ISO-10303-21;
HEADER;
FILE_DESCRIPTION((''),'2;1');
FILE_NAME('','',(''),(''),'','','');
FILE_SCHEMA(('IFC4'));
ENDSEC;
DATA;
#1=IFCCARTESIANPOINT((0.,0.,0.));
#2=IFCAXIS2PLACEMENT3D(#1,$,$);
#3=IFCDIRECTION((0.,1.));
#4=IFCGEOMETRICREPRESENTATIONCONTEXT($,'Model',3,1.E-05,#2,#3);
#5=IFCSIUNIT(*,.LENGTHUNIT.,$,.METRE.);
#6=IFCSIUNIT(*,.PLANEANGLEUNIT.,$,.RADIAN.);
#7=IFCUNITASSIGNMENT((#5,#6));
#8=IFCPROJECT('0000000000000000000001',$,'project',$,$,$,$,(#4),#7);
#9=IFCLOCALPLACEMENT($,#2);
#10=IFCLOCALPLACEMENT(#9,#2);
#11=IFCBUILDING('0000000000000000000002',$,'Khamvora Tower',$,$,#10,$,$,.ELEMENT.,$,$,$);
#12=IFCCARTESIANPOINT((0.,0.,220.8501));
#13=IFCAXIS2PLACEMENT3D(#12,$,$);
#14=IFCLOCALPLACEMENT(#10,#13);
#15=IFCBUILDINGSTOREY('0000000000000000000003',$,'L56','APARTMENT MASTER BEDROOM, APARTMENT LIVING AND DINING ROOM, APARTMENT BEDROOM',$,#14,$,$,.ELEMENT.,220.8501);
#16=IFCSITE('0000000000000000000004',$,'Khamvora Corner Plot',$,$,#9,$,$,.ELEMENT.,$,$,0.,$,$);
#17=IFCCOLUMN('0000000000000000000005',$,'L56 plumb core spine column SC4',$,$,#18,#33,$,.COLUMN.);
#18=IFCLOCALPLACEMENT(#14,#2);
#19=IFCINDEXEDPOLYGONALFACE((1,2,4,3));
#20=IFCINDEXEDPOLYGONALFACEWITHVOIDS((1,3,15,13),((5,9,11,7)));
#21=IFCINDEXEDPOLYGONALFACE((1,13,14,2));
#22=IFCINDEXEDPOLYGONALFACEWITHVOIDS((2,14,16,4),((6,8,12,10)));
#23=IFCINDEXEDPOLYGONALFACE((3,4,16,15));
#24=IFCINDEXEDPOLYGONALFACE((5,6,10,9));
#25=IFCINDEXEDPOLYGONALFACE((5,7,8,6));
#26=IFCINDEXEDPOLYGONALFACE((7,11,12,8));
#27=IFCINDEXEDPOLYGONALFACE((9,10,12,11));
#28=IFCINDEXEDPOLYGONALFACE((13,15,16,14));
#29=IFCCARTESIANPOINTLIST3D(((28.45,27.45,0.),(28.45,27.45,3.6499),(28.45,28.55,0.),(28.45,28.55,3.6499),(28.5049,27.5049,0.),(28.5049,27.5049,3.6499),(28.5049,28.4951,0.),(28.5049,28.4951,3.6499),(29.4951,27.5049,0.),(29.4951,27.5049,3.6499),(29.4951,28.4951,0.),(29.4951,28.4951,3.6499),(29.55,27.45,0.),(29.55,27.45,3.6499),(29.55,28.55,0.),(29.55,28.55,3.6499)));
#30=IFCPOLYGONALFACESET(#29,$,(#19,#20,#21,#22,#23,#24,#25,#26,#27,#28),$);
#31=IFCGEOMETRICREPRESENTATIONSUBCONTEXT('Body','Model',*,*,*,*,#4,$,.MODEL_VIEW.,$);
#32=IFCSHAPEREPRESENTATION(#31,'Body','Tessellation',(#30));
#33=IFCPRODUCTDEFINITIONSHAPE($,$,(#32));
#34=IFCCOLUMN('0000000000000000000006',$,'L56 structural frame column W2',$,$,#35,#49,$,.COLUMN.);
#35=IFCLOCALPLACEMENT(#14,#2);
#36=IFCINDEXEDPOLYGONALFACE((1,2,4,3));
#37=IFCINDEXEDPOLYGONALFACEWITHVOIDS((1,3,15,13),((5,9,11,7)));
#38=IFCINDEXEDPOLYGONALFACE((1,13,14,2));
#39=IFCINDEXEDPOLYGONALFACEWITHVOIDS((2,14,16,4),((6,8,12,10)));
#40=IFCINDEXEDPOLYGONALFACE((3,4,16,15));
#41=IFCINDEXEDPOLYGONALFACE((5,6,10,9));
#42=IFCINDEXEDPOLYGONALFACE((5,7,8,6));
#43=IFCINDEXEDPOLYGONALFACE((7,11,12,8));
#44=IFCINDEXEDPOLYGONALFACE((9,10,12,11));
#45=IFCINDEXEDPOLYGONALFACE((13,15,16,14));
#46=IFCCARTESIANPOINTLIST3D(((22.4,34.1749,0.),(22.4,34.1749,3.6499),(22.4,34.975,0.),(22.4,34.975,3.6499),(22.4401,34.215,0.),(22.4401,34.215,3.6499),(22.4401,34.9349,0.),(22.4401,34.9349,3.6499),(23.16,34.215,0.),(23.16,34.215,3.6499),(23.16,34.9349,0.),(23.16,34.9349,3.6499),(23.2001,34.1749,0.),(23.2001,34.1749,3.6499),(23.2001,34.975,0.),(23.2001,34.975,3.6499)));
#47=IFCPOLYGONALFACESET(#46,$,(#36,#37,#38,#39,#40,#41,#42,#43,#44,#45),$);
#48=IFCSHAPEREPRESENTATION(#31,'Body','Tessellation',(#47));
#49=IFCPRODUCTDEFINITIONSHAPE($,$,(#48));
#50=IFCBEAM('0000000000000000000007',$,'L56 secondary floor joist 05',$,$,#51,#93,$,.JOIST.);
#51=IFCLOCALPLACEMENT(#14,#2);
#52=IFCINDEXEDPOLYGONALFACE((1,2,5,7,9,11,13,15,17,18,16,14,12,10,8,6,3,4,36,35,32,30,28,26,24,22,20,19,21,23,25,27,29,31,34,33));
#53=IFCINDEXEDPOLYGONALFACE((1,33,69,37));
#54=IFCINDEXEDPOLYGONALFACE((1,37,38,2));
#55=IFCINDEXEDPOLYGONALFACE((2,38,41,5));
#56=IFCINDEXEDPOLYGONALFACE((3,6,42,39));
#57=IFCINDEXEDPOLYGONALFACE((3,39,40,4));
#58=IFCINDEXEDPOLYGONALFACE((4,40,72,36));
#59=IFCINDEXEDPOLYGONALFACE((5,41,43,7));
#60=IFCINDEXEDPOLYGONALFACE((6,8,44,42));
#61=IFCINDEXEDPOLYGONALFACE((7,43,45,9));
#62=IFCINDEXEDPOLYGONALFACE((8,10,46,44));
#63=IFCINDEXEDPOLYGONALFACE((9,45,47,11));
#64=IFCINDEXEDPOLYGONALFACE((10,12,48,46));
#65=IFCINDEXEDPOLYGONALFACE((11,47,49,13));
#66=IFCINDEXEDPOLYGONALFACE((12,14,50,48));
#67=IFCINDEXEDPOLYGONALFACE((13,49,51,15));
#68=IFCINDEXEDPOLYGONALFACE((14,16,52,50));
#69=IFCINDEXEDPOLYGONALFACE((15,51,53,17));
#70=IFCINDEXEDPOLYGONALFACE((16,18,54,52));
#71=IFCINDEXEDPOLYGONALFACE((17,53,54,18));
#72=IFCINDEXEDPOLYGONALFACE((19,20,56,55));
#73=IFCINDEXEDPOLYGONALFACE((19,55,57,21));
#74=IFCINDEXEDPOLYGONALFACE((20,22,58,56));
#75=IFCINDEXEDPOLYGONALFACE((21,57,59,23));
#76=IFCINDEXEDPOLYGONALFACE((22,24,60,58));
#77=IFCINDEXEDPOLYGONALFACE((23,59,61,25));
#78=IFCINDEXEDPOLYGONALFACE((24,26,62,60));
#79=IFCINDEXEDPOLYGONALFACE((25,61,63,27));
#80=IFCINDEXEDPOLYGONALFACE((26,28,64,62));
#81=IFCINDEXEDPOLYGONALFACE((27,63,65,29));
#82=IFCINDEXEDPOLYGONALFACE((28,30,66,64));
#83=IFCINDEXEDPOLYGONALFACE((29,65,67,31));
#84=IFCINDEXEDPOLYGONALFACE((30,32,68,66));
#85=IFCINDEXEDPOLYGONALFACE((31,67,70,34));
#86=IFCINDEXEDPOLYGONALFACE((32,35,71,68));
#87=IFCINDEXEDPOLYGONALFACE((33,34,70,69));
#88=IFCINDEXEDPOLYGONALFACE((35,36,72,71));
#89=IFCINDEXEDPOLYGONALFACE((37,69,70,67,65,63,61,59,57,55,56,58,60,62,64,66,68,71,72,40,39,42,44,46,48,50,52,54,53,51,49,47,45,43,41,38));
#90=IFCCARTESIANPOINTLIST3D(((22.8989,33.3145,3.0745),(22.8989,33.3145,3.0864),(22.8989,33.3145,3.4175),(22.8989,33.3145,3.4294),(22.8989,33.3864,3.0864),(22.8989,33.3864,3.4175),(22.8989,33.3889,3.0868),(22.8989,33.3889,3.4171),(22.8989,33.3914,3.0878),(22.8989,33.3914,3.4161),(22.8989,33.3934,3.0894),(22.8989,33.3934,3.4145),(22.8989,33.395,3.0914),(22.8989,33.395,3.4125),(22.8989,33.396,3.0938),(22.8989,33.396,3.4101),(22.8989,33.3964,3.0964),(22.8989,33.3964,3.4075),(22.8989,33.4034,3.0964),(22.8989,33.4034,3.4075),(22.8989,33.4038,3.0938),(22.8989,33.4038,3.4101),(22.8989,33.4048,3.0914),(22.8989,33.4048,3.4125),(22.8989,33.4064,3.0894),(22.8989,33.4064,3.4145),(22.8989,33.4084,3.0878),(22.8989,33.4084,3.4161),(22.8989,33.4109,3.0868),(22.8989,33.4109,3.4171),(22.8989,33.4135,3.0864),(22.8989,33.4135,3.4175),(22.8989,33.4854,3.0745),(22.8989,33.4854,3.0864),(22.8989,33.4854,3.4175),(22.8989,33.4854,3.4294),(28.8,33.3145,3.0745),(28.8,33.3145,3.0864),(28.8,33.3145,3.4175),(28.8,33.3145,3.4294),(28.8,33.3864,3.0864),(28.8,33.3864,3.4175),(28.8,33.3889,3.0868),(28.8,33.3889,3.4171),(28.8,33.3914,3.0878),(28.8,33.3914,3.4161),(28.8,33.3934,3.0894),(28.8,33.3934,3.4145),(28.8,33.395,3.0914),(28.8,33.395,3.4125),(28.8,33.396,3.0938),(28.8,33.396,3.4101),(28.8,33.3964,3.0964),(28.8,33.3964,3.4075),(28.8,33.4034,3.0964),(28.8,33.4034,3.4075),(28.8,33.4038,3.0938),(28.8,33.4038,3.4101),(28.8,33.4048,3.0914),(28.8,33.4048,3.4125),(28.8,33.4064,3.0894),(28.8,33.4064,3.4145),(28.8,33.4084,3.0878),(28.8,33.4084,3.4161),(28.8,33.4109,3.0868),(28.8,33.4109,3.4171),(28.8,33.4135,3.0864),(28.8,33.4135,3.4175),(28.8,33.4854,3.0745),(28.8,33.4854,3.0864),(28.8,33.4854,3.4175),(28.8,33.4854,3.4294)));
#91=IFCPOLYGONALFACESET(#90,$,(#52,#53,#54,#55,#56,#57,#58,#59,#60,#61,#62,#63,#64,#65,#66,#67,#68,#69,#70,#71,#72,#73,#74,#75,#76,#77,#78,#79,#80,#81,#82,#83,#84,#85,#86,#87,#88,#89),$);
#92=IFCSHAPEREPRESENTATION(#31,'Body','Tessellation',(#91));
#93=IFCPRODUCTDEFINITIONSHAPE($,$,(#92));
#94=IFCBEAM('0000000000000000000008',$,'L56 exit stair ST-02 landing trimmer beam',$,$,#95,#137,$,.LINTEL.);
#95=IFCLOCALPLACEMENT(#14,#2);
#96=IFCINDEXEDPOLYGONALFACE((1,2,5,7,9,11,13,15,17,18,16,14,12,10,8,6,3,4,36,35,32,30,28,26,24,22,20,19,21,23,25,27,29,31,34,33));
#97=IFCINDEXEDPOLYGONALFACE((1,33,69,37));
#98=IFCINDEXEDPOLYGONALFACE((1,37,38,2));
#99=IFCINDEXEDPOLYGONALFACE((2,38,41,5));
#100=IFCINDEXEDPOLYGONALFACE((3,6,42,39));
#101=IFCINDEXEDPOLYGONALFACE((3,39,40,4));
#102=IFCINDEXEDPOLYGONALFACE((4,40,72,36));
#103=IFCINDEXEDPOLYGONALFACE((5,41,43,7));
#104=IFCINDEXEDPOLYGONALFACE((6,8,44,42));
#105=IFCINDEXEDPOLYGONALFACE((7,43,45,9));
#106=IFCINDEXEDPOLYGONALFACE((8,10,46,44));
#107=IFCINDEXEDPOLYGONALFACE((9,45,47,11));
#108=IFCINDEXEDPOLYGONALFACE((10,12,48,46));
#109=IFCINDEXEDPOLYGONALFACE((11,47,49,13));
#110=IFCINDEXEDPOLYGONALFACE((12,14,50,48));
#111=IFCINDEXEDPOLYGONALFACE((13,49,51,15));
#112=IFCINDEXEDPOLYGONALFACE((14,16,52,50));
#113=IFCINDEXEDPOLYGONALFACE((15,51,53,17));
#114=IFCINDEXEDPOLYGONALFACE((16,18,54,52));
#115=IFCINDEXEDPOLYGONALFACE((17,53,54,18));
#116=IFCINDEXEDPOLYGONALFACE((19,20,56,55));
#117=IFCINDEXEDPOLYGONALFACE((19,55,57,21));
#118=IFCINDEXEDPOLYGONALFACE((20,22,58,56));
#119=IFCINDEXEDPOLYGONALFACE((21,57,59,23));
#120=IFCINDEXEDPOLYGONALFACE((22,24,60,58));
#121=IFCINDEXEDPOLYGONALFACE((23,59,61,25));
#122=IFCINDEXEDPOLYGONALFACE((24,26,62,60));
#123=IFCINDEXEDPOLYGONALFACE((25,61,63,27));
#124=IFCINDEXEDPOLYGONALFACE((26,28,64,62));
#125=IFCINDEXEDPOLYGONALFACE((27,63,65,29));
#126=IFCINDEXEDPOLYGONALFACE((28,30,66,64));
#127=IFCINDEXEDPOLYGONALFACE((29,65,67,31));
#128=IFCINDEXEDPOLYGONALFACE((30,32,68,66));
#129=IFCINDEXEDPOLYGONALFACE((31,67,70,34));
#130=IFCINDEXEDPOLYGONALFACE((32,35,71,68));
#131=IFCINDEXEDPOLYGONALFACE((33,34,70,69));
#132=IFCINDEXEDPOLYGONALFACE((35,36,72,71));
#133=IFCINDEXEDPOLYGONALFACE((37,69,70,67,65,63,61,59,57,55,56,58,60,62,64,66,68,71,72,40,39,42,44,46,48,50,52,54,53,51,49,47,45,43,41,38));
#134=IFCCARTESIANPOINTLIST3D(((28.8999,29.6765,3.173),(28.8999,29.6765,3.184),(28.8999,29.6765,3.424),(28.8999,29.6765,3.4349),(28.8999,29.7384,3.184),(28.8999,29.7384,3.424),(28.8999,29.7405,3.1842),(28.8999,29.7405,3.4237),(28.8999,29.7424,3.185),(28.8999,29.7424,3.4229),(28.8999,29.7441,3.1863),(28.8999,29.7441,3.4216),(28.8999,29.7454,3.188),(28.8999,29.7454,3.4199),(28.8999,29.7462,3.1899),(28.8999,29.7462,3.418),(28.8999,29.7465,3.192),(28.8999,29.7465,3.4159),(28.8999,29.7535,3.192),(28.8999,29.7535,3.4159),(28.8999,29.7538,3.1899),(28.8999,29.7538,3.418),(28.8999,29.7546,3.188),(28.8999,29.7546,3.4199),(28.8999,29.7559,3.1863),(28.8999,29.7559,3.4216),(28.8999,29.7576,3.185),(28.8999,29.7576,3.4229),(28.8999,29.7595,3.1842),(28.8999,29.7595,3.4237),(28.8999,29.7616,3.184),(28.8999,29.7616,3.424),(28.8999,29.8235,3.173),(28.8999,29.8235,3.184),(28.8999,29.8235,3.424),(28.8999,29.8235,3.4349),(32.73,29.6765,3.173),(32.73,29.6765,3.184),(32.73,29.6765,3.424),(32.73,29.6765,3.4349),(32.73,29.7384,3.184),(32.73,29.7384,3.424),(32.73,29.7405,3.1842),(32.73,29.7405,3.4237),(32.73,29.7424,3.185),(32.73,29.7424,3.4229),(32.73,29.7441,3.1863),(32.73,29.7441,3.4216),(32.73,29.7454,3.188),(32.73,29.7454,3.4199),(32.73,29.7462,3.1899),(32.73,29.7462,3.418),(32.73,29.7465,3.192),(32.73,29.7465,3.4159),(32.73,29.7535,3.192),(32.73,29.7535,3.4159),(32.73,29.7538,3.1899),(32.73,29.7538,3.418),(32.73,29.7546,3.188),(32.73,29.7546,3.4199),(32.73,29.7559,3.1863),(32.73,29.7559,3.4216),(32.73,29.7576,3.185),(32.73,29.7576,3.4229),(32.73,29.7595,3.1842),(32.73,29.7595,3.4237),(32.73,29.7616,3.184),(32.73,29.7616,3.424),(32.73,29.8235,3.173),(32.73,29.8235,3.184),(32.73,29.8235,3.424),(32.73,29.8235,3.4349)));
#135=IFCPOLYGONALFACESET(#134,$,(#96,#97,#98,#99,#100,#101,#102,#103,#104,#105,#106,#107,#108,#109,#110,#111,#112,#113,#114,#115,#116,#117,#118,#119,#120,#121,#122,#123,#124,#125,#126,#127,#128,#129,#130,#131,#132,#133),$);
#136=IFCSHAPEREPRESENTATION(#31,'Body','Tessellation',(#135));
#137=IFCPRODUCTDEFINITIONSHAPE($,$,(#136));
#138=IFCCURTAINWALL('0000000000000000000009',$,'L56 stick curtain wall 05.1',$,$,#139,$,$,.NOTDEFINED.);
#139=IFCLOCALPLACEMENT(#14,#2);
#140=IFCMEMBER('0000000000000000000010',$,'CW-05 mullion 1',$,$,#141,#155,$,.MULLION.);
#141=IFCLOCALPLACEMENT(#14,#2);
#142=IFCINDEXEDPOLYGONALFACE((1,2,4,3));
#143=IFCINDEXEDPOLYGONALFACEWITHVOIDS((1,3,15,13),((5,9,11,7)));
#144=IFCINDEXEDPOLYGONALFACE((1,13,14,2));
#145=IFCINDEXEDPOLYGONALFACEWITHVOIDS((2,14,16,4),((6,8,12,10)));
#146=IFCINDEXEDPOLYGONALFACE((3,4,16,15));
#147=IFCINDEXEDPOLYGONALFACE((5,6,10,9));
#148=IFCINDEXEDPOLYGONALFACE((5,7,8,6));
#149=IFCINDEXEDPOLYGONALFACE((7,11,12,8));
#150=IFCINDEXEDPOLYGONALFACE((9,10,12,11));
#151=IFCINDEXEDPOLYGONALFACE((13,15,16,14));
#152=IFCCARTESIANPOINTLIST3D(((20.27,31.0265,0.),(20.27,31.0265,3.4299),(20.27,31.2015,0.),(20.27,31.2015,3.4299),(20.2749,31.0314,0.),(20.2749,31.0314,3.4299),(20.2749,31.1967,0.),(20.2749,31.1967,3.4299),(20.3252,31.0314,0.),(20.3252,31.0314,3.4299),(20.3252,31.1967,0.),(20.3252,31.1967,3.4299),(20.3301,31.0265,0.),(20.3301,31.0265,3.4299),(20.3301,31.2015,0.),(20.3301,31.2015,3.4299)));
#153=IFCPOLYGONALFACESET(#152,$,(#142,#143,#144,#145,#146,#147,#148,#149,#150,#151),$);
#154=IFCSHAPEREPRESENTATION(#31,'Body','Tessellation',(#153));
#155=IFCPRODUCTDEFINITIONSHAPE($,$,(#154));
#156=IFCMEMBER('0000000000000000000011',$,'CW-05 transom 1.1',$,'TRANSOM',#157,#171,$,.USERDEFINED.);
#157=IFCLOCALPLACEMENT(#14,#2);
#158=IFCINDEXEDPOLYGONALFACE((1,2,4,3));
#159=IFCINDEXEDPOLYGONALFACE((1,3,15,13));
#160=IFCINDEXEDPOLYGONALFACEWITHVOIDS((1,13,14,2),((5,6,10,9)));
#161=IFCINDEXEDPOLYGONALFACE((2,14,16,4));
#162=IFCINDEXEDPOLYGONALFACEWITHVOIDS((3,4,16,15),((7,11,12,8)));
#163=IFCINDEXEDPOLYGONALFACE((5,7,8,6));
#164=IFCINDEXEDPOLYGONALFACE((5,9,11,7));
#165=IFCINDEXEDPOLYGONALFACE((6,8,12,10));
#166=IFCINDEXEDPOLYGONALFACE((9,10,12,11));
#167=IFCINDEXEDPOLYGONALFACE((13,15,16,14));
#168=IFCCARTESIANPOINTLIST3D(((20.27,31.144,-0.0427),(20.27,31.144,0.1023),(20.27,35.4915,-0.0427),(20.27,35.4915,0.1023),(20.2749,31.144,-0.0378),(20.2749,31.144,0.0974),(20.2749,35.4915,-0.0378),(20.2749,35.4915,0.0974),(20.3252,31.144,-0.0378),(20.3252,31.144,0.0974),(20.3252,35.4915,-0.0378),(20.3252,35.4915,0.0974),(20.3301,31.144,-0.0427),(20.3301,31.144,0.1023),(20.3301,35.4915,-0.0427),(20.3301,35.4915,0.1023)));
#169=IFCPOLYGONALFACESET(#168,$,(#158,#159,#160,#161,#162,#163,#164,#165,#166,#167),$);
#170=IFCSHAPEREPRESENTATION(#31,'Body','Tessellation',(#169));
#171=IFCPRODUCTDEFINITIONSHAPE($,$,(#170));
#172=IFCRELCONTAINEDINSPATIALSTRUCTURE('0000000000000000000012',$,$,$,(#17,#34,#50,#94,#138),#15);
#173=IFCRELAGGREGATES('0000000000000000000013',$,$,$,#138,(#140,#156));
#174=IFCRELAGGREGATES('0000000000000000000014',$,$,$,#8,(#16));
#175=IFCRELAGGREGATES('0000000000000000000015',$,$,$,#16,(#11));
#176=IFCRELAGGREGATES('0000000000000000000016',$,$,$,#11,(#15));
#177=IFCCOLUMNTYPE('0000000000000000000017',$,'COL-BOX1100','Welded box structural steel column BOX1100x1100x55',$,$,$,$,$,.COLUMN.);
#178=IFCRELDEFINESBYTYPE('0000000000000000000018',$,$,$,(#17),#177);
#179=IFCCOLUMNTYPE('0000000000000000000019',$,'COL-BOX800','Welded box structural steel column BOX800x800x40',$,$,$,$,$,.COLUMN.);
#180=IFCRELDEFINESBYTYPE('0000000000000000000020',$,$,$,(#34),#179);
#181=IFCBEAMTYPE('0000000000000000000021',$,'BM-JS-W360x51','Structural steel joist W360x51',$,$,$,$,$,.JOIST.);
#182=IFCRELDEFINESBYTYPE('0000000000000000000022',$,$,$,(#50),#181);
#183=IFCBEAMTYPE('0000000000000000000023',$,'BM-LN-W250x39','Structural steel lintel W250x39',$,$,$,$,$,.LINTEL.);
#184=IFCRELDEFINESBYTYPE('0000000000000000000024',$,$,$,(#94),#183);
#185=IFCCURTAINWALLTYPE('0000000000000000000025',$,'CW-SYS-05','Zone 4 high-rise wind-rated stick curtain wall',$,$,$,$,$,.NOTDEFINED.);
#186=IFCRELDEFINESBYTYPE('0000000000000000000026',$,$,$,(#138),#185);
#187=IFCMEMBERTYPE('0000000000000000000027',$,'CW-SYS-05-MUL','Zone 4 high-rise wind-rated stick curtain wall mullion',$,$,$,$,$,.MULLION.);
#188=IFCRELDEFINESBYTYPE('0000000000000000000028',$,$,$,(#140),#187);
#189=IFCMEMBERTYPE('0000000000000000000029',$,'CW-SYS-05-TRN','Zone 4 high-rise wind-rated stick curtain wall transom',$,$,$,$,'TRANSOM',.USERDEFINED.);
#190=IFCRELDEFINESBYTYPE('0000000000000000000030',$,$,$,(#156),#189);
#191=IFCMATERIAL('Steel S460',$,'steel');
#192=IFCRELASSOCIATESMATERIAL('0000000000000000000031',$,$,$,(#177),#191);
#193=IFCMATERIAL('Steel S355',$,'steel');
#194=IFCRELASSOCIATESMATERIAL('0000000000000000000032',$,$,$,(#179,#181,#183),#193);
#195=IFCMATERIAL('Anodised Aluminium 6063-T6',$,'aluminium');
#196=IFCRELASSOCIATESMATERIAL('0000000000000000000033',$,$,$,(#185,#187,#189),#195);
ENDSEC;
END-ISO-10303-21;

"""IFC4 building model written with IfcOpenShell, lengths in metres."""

from ifc_helpers import new_model, si_unit, direction, frame, origin, origin_2d, place, context, subcontext, project, spatial, hollow_rectangle, i_section, extrude, material, material_profile, profile_set, type_object, element, aggregate, save


model = new_model("IFC4")

# Units and contexts
model_context = context("Model", 3, precision=1e-05, world=origin(), true_north=direction((0.0, 1.0)))
body_context = subcontext(model_context, "Body", "Model", "MODEL_VIEW")
ifc_project = project(units=[si_unit("LENGTHUNIT", "METRE"), si_unit("PLANEANGLEUNIT", "RADIAN")], contexts=[model_context])

# Site, building, storey
site_placement = place(None, origin())
site = spatial("IfcSite", under=ifc_project, at=site_placement, Name="Khamvora Corner Plot", CompositionType="ELEMENT", RefElevation=0.0)
building_placement = place(site_placement, origin())
building = spatial("IfcBuilding", under=site, at=building_placement, Name="Khamvora Tower", CompositionType="ELEMENT")
storey_placement = place(building_placement, frame((0.0, 0.0, 220.8501)))
storey = spatial("IfcBuildingStorey", under=building, at=storey_placement, Name="L56", Description="APARTMENT MASTER BEDROOM, APARTMENT LIVING AND DINING ROOM, APARTMENT BEDROOM", CompositionType="ELEMENT", Elevation=220.8501)

# Columns
ifc_material_1 = material(Name="Steel S460", Category="steel")
ifc_material_profile_1 = material_profile(ifc_material_1, hollow_rectangle(XDim=1.1001, YDim=1.1001, WallThickness=0.0549, at=origin_2d()), Name="BOX1100x1100x55")
ifc_profile_set_1 = profile_set([ifc_material_profile_1], Name="Steel S460")
column_type_1 = type_object("IfcColumnType", Name="COL-BOX1100", Description="Welded box structural steel column BOX1100x1100x55", PredefinedType="COLUMN", material=ifc_profile_set_1)
column_1_placement = place(storey_placement, frame((29.0, 28.0, 0.0), z_axis=(0.0, 0.0, 1.0), x_axis=(1.0, 0.0, 0.0)))
element("IfcColumn", 1, at=column_1_placement, inside=storey, type_object=column_type_1, Name="L56 plumb core spine column SC4", PredefinedType="COLUMN", context=body_context, shape_type="SweptSolid", body=[
    extrude(hollow_rectangle(XDim=1.1001, YDim=1.1001, WallThickness=0.0549, at=origin_2d()), origin(), (0.0, 0.0, 1.0), 3.6499),
])
ifc_material_2 = material(Name="Steel S355", Category="steel")
ifc_material_profile_2 = material_profile(ifc_material_2, hollow_rectangle(XDim=0.8, YDim=0.8, WallThickness=0.04, at=origin_2d()), Name="BOX800x800x40")
ifc_profile_set_2 = profile_set([ifc_material_profile_2], Name="Steel S355")
column_type_2 = type_object("IfcColumnType", Name="COL-BOX800", Description="Welded box structural steel column BOX800x800x40", PredefinedType="COLUMN", material=ifc_profile_set_2)
column_2_placement = place(storey_placement, frame((22.8, 34.575, 0.0), z_axis=(0.0, 0.0, 1.0), x_axis=(1.0, 0.0, 0.0)))
element("IfcColumn", 2, at=column_2_placement, inside=storey, type_object=column_type_2, Name="L56 structural frame column W2", PredefinedType="COLUMN", context=body_context, shape_type="SweptSolid", body=[
    extrude(hollow_rectangle(XDim=0.8, YDim=0.8, WallThickness=0.04, at=origin_2d()), origin(), (0.0, 0.0, 1.0), 3.6499),
])

# Beams
ifc_material_profile_3 = material_profile(ifc_material_2, i_section(OverallWidth=0.1709, OverallDepth=0.355, WebThickness=0.0071, FlangeThickness=0.012, FilletRadius=0.01, at=origin_2d()), Name="W360x51")
ifc_profile_set_3 = profile_set([ifc_material_profile_3], Name="Steel S355")
beam_type_1 = type_object("IfcBeamType", Name="BM-JS-W360x51", Description="Structural steel joist W360x51", PredefinedType="JOIST", material=ifc_profile_set_3)
beam_1_placement = place(storey_placement, frame((22.8989, 33.3999, 3.252), z_axis=(1.0, 0.0, 0.0), x_axis=(0.0, 1.0, 0.0)))
element("IfcBeam", 3, at=beam_1_placement, inside=storey, type_object=beam_type_1, Name="L56 secondary floor joist 05", PredefinedType="JOIST", context=body_context, shape_type="SweptSolid", body=[
    extrude(i_section(OverallWidth=0.1709, OverallDepth=0.355, WebThickness=0.0071, FlangeThickness=0.012, FilletRadius=0.01, at=origin_2d()), origin(), (0.0, 0.0, 1.0), 5.9011),
])
ifc_material_profile_4 = material_profile(ifc_material_2, i_section(OverallWidth=0.147, OverallDepth=0.262, WebThickness=0.0071, FlangeThickness=0.011, FilletRadius=0.0081, at=origin_2d()), Name="W250x39")
ifc_profile_set_4 = profile_set([ifc_material_profile_4], Name="Steel S355")
beam_type_2 = type_object("IfcBeamType", Name="BM-LN-W250x39", Description="Structural steel lintel W250x39", PredefinedType="LINTEL", material=ifc_profile_set_4)
beam_2_placement = place(storey_placement, frame((28.8999, 29.75, 3.304), z_axis=(1.0, 0.0, 0.0), x_axis=(0.0, 1.0, 0.0)))
element("IfcBeam", 4, at=beam_2_placement, inside=storey, type_object=beam_type_2, Name="L56 exit stair ST-02 landing trimmer beam", PredefinedType="LINTEL", context=body_context, shape_type="SweptSolid", body=[
    extrude(i_section(OverallWidth=0.147, OverallDepth=0.262, WebThickness=0.0071, FlangeThickness=0.011, FilletRadius=0.0081, at=origin_2d()), origin(), (0.0, 0.0, 1.0), 3.8301),
])

# Curtain wall, members
ifc_material_3 = material(Name="Anodised Aluminium 6063-T6", Category="aluminium")
curtain_wall_type = type_object("IfcCurtainWallType", Name="CW-SYS-05", Description="Zone 4 high-rise wind-rated stick curtain wall", PredefinedType="NOTDEFINED", material=ifc_material_3)
curtain_wall_placement = place(storey_placement, origin())
curtain_wall = element("IfcCurtainWall", 5, at=curtain_wall_placement, inside=storey, type_object=curtain_wall_type, Name="L56 stick curtain wall 05.1", PredefinedType="NOTDEFINED")
ifc_material_profile_5 = material_profile(ifc_material_3, hollow_rectangle(XDim=0.0601, YDim=0.175, WallThickness=0.0049, at=origin_2d()), Name="MUL60x175x5")
ifc_profile_set_5 = profile_set([ifc_material_profile_5], Name="Anodised Aluminium 6063-T6")
member_type_1 = type_object("IfcMemberType", Name="CW-SYS-05-MUL", Description="Zone 4 high-rise wind-rated stick curtain wall mullion", PredefinedType="MULLION", material=ifc_profile_set_5)
member_1_placement = place(storey_placement, frame((20.3, 31.114, 0.0), z_axis=(0.0, 0.0, 1.0), x_axis=(-1.0, 0.0, 0.0)))
member_1 = element("IfcMember", 6, at=member_1_placement, type_object=member_type_1, Name="CW-05 mullion 1", PredefinedType="MULLION", context=body_context, shape_type="SweptSolid", body=[
    extrude(hollow_rectangle(XDim=0.0601, YDim=0.175, WallThickness=0.0049, at=origin_2d()), origin(), (0.0, 0.0, 1.0), 3.4299),
])
ifc_material_profile_6 = material_profile(ifc_material_3, hollow_rectangle(XDim=0.0601, YDim=0.145, WallThickness=0.0049, at=origin_2d()), Name="TRN60x145x5")
ifc_profile_set_6 = profile_set([ifc_material_profile_6], Name="Anodised Aluminium 6063-T6")
member_type_2 = type_object("IfcMemberType", Name="CW-SYS-05-TRN", Description="Zone 4 high-rise wind-rated stick curtain wall transom", ElementType="TRANSOM", PredefinedType="USERDEFINED", material=ifc_profile_set_6)
member_2_placement = place(storey_placement, frame((20.3, 31.144, 0.0298), z_axis=(0.0, 1.0, 0.0), x_axis=(-1.0, 0.0, 0.0)))
member_2 = element("IfcMember", 7, at=member_2_placement, type_object=member_type_2, Name="CW-05 transom 1.1", ObjectType="TRANSOM", PredefinedType="USERDEFINED", context=body_context, shape_type="SweptSolid", body=[
    extrude(hollow_rectangle(XDim=0.0601, YDim=0.145, WallThickness=0.0049, at=origin_2d()), origin(), (0.0, 0.0, 1.0), 4.3474),
])
aggregate(curtain_wall, [member_1, member_2])

save(model, "model.ifc")
